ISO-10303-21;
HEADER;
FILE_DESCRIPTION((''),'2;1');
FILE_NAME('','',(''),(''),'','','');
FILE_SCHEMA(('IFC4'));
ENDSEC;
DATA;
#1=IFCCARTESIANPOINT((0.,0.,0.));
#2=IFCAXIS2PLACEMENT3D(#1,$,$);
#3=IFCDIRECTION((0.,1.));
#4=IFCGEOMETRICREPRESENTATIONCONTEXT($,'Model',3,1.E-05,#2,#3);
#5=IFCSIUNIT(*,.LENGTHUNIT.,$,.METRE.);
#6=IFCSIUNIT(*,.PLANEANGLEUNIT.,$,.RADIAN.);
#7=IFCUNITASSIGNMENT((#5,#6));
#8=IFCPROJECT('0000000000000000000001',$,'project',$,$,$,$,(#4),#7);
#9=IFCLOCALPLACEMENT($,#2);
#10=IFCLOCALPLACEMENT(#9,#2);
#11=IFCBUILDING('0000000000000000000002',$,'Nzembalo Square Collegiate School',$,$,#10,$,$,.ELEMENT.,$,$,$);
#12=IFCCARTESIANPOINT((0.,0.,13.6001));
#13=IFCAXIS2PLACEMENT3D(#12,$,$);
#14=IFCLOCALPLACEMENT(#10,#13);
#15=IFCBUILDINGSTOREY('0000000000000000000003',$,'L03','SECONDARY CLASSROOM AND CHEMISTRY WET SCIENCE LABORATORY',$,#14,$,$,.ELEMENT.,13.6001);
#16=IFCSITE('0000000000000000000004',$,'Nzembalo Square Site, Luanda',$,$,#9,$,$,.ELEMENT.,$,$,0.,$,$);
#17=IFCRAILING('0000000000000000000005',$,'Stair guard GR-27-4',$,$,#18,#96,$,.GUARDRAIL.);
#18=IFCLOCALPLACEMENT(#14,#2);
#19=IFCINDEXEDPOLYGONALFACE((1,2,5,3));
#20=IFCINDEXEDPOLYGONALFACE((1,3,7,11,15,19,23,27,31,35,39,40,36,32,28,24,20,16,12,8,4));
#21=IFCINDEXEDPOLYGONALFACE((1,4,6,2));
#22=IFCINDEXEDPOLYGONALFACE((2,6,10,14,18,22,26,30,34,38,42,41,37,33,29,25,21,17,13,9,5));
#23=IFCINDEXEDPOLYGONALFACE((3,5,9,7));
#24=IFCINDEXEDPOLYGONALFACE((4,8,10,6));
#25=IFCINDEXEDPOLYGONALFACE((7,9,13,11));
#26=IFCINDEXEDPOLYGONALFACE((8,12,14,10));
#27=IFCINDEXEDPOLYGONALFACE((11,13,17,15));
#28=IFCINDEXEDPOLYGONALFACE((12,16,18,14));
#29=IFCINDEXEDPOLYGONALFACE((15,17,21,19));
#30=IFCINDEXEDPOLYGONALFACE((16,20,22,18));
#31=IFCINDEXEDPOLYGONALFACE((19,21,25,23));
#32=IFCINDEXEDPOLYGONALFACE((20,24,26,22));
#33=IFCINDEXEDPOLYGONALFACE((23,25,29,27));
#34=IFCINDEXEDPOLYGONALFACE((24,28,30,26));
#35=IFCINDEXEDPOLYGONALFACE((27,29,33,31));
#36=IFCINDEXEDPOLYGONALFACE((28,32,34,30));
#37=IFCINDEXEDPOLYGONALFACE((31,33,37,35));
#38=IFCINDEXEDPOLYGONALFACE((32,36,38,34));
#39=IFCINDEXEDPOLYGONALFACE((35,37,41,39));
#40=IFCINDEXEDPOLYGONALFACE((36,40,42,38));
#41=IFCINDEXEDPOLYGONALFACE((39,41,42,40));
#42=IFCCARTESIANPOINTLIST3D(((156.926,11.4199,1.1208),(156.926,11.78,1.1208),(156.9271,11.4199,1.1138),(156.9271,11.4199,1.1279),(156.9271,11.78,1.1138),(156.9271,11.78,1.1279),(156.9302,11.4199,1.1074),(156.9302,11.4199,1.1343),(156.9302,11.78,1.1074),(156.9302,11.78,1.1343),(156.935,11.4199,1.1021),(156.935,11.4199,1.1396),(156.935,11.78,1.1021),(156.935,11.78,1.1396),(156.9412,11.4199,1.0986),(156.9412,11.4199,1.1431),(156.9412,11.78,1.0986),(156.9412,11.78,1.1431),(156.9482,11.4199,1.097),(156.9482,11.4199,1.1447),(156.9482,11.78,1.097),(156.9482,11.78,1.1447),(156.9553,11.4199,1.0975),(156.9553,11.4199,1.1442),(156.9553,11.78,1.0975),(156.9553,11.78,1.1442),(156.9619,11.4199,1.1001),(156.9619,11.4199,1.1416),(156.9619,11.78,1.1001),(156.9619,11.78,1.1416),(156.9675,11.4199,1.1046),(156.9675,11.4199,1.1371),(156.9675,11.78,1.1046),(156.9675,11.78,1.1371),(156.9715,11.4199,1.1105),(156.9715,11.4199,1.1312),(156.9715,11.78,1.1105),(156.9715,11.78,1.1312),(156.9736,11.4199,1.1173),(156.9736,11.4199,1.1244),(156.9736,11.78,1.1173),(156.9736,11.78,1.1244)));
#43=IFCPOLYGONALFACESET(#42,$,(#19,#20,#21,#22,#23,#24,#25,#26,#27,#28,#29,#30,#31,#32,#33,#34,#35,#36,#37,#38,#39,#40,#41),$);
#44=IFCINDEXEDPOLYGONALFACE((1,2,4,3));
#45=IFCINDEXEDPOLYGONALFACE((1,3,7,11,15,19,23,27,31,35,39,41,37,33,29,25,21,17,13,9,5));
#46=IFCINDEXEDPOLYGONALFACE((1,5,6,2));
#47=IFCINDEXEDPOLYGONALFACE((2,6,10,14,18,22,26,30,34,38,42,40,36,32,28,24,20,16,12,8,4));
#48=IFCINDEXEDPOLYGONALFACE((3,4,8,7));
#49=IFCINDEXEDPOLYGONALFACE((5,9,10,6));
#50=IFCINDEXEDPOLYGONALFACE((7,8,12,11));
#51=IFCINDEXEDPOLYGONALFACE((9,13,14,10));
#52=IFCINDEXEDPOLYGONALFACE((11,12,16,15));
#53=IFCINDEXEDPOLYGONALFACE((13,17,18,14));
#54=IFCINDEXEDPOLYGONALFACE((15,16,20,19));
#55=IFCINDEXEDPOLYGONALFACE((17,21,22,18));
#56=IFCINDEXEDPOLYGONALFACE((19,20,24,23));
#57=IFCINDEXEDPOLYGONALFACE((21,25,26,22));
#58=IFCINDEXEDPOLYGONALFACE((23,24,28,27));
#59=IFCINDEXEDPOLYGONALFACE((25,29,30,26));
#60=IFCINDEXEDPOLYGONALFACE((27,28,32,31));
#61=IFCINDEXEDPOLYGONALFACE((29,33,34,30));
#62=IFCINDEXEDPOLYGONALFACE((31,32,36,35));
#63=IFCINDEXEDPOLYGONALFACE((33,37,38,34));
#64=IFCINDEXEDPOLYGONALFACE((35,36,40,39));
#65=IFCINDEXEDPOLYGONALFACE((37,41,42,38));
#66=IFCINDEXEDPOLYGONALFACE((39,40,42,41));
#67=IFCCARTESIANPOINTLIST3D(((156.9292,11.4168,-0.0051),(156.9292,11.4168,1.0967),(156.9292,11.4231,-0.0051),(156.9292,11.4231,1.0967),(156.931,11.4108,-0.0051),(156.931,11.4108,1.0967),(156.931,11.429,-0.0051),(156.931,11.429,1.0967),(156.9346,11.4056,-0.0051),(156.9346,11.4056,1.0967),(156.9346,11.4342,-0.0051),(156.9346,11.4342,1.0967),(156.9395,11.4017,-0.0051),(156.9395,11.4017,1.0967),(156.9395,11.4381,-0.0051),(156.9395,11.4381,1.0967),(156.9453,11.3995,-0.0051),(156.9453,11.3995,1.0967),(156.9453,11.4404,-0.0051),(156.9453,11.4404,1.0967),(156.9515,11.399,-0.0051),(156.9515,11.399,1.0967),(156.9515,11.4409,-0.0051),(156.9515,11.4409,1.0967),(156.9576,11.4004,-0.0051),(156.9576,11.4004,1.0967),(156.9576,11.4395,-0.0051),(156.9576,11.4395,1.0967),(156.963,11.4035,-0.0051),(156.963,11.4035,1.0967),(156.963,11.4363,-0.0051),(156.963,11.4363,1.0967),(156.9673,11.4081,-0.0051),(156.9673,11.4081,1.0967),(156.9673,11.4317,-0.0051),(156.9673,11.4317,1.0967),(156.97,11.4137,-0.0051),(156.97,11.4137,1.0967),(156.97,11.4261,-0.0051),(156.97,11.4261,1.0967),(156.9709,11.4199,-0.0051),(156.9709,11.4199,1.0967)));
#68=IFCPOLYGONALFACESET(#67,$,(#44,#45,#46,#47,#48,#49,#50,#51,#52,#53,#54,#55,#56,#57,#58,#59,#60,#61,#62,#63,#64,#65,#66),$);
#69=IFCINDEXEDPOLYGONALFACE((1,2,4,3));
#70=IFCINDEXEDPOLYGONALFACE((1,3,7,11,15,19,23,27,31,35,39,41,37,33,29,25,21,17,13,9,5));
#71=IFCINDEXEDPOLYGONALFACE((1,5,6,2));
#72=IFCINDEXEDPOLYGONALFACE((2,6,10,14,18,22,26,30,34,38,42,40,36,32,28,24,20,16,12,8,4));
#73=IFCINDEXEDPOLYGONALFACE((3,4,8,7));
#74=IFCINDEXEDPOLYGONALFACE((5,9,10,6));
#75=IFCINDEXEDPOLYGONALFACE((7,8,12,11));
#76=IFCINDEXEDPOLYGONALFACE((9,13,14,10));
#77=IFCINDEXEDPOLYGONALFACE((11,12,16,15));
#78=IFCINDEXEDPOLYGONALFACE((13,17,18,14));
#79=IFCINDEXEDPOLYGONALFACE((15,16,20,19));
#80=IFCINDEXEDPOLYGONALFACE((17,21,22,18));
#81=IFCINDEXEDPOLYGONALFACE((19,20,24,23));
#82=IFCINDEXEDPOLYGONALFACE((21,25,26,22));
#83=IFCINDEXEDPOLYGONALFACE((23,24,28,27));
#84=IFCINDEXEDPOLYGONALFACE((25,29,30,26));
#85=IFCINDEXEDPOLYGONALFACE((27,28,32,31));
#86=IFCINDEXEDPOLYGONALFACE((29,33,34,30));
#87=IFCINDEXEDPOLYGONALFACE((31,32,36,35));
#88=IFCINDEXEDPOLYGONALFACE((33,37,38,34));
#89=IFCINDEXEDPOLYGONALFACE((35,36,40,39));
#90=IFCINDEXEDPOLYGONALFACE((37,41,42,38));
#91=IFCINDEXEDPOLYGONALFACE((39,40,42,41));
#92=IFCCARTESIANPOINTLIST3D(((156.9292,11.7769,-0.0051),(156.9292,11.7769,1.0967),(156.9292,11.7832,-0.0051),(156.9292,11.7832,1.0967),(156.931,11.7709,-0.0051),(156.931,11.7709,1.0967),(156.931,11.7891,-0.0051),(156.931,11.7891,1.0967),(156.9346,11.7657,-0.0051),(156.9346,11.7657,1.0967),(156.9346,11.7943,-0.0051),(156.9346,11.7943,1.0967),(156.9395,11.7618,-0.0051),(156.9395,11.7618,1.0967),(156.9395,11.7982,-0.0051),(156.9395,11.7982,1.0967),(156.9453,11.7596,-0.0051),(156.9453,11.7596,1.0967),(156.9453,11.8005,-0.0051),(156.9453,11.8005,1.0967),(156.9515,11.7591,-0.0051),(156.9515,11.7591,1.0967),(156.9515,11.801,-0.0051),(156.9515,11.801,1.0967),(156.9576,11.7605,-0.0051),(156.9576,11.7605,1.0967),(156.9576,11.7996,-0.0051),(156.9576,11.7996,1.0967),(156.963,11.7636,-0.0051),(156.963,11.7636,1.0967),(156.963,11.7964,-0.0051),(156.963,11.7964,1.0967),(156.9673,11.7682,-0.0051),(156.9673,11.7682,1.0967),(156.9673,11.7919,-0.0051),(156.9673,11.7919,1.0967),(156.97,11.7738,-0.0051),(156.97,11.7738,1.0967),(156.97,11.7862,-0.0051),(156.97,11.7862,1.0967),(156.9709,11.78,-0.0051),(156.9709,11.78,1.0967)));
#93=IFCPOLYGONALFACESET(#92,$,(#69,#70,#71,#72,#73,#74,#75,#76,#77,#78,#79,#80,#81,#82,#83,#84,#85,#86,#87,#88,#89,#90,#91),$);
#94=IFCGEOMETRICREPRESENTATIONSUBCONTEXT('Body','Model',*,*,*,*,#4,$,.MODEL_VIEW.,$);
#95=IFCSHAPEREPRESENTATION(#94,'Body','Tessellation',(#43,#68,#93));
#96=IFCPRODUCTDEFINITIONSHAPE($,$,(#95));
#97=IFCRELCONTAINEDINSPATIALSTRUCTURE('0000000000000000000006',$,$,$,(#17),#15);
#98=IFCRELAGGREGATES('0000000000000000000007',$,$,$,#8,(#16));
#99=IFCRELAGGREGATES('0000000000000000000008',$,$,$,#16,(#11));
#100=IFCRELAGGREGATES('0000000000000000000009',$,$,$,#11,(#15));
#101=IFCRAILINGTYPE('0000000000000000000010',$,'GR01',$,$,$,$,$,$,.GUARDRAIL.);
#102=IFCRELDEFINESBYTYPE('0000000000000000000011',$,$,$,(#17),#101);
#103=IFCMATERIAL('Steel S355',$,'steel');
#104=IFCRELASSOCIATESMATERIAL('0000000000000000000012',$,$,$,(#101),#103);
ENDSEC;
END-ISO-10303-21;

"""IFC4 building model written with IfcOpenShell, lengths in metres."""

from ifc_helpers import new_model, si_unit, direction, frame, origin, origin_2d, place, context, subcontext, project, spatial, circle, extrude, material, type_object, element, save


model = new_model("IFC4")

# Units and contexts
model_context = context("Model", 3, precision=1e-05, world=origin(), true_north=direction((0.0, 1.0)))
body_context = subcontext(model_context, "Body", "Model", "MODEL_VIEW")
ifc_project = project(units=[si_unit("LENGTHUNIT", "METRE"), si_unit("PLANEANGLEUNIT", "RADIAN")], contexts=[model_context])

# Site, building, storey
site_placement = place(None, origin())
site = spatial("IfcSite", under=ifc_project, at=site_placement, Name="Nzembalo Square Site, Luanda", CompositionType="ELEMENT", RefElevation=0.0)
building_placement = place(site_placement, origin())
building = spatial("IfcBuilding", under=site, at=building_placement, Name="Nzembalo Square Collegiate School", CompositionType="ELEMENT")
storey_placement = place(building_placement, frame((0.0, 0.0, 13.6001)))
storey = spatial("IfcBuildingStorey", under=building, at=storey_placement, Name="L03", Description="SECONDARY CLASSROOM AND CHEMISTRY WET SCIENCE LABORATORY", CompositionType="ELEMENT", Elevation=13.6001)

# Railing
ifc_material_1 = material(Name="Steel S355", Category="steel")
railing_type_1 = type_object("IfcRailingType", Name="GR01", PredefinedType="GUARDRAIL", material=ifc_material_1)
railing_1_placement = place(storey_placement, frame((156.95, 11.4199, -0.0051)))
element("IfcRailing", 1, at=railing_1_placement, inside=storey, type_object=railing_type_1, Name="Stair guard GR-27-4", PredefinedType="GUARDRAIL", context=body_context, shape_type="SweptSolid", body=[
    extrude(circle(Radius=0.0239, at=origin_2d()), frame((0.0, 0.0, 1.126), z_axis=(0.0, 1.0, 0.0), x_axis=(-1.0, 0.0, 0.0)), (0.0, 0.0, 1.0), 0.3601),
    extrude(circle(Radius=0.021, at=origin_2d()), origin(), (0.0, 0.0, 1.0), 1.1018),
    extrude(circle(Radius=0.021, at=origin_2d()), frame((0.0, 0.3601, 0.0)), (0.0, 0.0, 1.0), 1.1018),
])

save(model, "model.ifc")
